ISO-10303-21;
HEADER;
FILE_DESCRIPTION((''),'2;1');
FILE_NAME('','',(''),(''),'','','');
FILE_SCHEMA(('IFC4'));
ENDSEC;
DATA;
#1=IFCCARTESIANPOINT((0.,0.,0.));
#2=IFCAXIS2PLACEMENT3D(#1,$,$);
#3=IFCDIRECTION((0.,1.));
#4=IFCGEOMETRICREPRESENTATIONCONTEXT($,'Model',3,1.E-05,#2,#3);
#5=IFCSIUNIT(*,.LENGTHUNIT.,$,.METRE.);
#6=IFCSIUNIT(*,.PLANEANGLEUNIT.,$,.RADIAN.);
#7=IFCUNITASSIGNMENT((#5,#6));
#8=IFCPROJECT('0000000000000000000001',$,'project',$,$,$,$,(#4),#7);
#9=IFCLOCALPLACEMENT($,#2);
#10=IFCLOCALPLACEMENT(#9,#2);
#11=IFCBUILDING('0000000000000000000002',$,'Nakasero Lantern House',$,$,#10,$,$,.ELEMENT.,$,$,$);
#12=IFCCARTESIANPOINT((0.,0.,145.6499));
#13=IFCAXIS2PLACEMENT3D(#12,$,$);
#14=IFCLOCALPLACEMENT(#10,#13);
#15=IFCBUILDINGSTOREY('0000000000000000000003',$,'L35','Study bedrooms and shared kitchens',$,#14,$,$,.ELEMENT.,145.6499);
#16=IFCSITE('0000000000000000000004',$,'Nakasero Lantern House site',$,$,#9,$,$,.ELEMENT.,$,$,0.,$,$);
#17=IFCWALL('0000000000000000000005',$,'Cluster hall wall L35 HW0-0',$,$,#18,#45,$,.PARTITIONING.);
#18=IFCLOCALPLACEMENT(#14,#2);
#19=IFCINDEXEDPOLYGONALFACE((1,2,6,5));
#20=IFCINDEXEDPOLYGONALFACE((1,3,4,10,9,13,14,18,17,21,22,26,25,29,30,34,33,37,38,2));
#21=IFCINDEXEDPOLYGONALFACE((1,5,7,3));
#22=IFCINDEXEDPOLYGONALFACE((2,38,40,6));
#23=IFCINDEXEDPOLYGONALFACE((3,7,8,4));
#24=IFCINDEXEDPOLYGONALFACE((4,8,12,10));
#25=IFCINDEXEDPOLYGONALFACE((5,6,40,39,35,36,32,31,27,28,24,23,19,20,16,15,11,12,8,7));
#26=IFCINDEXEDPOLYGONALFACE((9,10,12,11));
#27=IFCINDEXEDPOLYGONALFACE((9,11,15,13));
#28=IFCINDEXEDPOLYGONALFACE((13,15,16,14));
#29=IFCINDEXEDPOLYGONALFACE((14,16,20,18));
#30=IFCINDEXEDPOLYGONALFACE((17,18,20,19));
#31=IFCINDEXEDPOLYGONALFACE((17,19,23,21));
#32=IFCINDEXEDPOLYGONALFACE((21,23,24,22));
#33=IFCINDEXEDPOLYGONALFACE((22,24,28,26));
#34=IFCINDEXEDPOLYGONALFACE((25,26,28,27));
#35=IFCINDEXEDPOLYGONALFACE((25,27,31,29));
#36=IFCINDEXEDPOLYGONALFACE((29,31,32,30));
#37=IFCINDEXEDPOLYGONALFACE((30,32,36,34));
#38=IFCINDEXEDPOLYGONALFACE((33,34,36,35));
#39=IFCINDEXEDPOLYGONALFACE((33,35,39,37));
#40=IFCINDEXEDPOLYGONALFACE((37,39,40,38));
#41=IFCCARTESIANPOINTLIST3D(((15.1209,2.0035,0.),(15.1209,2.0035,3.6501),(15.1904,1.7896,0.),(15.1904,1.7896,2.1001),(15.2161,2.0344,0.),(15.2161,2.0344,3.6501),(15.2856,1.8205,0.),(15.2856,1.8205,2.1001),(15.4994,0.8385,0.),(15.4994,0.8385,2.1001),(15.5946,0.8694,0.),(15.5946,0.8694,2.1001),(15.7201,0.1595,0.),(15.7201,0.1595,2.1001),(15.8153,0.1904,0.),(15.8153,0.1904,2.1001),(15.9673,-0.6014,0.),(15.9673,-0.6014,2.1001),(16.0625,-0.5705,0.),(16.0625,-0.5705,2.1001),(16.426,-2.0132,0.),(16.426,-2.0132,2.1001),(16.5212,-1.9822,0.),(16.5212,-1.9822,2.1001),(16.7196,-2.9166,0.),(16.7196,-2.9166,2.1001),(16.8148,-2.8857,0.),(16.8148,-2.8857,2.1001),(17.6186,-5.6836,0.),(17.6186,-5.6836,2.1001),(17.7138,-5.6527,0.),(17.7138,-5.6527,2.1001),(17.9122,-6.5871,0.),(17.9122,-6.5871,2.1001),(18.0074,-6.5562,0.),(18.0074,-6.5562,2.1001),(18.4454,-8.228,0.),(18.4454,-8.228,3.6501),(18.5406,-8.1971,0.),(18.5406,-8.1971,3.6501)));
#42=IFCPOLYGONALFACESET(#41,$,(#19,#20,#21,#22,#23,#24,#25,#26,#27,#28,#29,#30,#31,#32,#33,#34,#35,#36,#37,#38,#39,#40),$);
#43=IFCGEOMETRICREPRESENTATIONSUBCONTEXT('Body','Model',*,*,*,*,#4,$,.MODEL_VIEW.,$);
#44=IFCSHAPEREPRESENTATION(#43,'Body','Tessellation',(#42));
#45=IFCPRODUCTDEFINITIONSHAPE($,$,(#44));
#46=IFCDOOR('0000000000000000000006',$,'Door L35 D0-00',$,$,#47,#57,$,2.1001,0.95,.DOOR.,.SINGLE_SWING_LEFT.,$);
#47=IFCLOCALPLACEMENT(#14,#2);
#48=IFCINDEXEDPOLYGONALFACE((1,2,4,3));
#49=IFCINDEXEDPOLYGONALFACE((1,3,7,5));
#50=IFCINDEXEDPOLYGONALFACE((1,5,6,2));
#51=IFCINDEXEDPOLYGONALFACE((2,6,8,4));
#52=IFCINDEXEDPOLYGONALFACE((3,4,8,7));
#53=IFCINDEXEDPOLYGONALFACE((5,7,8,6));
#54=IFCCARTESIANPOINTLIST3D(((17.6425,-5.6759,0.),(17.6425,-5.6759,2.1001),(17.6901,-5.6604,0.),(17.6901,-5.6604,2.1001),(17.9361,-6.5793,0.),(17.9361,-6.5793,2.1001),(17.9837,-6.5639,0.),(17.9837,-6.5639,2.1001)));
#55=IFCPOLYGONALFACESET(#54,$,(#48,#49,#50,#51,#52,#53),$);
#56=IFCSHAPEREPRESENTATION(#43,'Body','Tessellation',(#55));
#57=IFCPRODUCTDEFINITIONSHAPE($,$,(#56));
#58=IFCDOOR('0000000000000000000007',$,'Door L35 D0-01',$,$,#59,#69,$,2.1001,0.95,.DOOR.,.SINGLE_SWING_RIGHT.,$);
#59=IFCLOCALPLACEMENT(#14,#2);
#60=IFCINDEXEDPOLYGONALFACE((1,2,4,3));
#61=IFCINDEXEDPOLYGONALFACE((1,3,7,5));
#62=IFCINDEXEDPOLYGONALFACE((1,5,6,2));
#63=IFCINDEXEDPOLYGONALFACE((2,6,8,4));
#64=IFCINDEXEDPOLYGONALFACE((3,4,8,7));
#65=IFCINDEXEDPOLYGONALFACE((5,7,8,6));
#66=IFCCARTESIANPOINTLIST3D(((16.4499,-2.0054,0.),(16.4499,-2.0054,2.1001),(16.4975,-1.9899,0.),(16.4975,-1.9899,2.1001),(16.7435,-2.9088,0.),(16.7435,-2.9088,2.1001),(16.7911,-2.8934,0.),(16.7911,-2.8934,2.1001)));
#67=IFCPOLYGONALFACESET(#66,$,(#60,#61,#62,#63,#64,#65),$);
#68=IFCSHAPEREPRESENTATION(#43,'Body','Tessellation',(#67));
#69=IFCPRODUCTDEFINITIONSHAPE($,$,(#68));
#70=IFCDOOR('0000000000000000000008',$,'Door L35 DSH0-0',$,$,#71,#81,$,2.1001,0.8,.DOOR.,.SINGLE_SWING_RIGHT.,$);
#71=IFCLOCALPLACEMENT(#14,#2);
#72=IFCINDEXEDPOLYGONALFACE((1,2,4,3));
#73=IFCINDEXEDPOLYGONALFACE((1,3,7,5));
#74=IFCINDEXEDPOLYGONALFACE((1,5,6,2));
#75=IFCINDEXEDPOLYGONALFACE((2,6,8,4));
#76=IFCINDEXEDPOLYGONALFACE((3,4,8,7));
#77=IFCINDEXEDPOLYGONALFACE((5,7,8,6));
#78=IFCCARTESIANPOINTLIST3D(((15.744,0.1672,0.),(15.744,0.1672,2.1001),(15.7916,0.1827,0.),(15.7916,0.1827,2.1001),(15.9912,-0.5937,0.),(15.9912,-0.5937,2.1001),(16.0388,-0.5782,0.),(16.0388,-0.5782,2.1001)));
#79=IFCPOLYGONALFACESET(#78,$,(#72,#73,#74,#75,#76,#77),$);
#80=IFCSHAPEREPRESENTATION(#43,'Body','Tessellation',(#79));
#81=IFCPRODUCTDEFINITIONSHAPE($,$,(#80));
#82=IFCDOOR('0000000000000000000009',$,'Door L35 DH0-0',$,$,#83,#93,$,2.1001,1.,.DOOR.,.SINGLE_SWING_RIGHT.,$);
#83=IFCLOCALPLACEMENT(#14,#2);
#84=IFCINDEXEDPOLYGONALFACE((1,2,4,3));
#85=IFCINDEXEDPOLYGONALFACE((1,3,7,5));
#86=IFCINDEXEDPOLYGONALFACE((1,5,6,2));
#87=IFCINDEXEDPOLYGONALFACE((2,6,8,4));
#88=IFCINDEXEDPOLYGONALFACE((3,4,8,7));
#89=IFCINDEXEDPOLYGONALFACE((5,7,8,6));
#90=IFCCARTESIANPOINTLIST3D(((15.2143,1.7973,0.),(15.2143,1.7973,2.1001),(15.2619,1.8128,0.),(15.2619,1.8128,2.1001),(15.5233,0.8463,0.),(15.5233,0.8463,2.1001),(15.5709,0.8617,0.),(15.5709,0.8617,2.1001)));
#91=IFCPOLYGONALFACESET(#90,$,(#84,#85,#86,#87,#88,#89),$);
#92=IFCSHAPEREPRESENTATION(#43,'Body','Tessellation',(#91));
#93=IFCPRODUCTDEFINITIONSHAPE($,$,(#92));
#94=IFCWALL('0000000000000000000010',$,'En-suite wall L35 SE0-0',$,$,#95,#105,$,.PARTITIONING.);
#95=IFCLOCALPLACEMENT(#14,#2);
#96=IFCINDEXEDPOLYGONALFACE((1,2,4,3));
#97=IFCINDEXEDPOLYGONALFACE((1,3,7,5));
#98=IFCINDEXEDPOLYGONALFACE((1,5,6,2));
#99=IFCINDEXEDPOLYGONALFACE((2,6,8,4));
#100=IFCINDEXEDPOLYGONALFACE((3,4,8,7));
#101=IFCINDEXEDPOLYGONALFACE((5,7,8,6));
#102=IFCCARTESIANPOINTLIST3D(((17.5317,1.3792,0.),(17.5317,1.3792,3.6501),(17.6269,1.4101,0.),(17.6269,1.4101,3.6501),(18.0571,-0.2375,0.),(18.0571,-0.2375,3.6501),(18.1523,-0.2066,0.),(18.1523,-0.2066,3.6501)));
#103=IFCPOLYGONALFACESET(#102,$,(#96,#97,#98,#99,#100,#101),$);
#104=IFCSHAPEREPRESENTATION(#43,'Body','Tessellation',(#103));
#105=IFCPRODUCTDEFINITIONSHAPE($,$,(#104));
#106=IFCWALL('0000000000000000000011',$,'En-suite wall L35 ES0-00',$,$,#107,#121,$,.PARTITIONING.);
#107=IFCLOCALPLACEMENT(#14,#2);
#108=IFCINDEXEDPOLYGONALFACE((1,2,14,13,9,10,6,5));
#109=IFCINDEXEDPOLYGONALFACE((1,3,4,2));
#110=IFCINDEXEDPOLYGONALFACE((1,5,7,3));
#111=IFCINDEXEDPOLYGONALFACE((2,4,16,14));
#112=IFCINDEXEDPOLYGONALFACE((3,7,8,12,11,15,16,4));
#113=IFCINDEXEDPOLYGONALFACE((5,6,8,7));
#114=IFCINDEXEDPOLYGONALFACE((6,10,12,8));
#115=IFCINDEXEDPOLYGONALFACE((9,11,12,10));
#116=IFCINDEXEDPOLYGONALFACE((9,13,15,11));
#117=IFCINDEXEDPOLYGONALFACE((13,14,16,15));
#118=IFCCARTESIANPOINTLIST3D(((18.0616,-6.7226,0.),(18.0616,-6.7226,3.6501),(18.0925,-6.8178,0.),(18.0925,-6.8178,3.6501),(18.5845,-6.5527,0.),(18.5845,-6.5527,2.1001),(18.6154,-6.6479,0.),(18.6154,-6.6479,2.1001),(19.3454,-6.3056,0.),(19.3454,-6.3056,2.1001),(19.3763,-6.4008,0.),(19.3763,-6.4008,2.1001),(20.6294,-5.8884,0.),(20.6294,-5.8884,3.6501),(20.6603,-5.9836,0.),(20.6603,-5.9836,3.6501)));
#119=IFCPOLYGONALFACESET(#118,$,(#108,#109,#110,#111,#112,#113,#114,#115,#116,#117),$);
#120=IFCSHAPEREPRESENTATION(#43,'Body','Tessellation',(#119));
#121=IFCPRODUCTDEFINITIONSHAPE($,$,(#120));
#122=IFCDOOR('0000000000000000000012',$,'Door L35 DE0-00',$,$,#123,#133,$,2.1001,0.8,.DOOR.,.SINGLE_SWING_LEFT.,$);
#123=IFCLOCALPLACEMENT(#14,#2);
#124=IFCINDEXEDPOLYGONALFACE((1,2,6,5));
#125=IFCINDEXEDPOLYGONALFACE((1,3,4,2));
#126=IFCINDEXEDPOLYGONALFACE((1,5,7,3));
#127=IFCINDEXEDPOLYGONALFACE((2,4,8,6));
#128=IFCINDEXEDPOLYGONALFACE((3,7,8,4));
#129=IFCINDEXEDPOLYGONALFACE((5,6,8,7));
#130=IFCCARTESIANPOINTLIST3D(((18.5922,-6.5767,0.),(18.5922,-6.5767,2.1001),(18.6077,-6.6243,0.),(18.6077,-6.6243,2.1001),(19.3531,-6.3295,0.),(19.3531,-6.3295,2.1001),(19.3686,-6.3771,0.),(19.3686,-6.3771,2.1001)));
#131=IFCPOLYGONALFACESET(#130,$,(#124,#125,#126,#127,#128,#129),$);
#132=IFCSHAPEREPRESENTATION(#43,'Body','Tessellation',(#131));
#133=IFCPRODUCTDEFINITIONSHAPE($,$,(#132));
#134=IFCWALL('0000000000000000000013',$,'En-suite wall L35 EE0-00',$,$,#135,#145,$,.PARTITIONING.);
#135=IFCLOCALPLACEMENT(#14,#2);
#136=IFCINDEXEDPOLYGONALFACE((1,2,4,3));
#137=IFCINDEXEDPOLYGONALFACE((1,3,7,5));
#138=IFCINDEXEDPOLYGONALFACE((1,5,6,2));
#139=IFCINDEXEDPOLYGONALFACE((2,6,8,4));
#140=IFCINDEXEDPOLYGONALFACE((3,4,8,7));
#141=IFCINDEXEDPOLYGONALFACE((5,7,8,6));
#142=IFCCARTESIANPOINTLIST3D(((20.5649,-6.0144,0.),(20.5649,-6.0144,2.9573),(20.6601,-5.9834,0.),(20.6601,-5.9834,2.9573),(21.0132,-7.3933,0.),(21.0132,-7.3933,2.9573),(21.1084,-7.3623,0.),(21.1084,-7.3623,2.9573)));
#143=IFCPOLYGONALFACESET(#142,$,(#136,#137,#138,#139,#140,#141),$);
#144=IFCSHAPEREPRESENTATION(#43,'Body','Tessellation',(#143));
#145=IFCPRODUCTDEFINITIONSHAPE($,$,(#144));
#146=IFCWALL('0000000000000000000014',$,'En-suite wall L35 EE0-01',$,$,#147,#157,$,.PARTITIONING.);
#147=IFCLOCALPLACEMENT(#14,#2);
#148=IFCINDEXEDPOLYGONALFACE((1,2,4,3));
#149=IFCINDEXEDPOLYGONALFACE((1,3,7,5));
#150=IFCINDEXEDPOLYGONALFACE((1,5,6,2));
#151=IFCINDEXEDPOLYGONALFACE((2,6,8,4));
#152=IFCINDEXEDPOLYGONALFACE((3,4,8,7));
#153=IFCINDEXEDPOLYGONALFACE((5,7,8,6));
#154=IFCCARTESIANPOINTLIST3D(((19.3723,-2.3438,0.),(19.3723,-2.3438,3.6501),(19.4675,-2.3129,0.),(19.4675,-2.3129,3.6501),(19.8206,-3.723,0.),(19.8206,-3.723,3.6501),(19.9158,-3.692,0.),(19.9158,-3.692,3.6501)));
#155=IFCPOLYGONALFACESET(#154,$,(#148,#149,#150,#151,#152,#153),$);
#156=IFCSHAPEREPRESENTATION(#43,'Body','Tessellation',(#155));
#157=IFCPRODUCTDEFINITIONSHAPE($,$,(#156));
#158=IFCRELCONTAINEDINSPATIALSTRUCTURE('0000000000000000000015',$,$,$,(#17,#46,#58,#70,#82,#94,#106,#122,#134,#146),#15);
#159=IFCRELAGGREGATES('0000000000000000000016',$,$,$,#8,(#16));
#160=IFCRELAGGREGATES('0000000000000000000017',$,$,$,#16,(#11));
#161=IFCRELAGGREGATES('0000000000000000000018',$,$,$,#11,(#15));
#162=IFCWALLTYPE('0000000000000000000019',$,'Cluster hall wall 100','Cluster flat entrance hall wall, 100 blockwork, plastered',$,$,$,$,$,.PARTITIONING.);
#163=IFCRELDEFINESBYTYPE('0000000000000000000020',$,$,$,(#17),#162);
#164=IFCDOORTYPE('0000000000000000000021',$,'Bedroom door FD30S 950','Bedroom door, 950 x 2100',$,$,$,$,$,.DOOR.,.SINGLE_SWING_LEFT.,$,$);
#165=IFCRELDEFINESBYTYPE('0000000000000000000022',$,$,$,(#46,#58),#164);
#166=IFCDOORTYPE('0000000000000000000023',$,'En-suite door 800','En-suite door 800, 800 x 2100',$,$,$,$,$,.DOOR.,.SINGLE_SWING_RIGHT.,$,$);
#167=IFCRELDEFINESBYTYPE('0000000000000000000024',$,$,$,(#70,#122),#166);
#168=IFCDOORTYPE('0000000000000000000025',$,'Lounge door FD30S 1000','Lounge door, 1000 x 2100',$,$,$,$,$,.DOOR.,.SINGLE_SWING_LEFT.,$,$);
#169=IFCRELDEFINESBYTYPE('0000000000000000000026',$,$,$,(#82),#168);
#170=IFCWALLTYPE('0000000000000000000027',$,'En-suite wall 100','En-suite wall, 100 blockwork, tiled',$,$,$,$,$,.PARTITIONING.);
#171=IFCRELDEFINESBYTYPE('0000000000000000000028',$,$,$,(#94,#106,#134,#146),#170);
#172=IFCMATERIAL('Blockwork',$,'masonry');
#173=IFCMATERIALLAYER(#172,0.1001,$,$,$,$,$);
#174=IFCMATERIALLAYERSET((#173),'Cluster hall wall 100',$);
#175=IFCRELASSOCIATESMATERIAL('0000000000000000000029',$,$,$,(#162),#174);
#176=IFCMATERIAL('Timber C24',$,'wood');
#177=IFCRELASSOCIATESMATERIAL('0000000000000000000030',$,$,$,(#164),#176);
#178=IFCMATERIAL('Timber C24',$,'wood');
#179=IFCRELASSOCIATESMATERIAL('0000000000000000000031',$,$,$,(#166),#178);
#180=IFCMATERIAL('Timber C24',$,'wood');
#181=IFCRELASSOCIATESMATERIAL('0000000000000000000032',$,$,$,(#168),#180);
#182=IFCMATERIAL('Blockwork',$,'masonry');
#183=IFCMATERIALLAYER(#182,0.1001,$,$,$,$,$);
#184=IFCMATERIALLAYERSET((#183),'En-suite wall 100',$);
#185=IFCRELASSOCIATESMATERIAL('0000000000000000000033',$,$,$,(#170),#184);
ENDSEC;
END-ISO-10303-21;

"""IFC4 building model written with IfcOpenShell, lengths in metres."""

from ifc_helpers import new_model, si_unit, direction, frame, frame_2d, origin, place, context, subcontext, project, spatial, rectangle, extrude, material, layer, layer_set, type_object, element, fill, save


model = new_model("IFC4")

# Units and contexts
model_context = context("Model", 3, precision=1e-05, world=origin(), true_north=direction((0.0, 1.0)))
body_context = subcontext(model_context, "Body", "Model", "MODEL_VIEW")
ifc_project = project(units=[si_unit("LENGTHUNIT", "METRE"), si_unit("PLANEANGLEUNIT", "RADIAN")], contexts=[model_context])

# Site, building, storey
site_placement = place(None, origin())
site = spatial("IfcSite", under=ifc_project, at=site_placement, Name="Nakasero Lantern House site", CompositionType="ELEMENT", RefElevation=0.0)
building_placement = place(site_placement, origin())
building = spatial("IfcBuilding", under=site, at=building_placement, Name="Nakasero Lantern House", CompositionType="ELEMENT")
storey_placement = place(building_placement, frame((0.0, 0.0, 145.6499)))
storey = spatial("IfcBuildingStorey", under=building, at=storey_placement, Name="L35", Description="Study bedrooms and shared kitchens", CompositionType="ELEMENT", Elevation=145.6499)

# Wall, openings, doors
ifc_material_1 = material(Name="Blockwork", Category="masonry")
ifc_layer_1 = layer(ifc_material_1, 0.1001)
ifc_layer_set_1 = layer_set([ifc_layer_1], Name="Cluster hall wall 100")
wall_type_1 = type_object("IfcWallType", Name="Cluster hall wall 100", Description="Cluster flat entrance hall wall, 100 blockwork, plastered", PredefinedType="PARTITIONING", material=ifc_layer_set_1)
wall_1_placement = place(storey_placement, frame((18.4929, -8.2124, 0.0), z_axis=(0.0, 0.0, 1.0), x_axis=(-0.309022, 0.951055, 0.0)))
wall_1 = element("IfcWall", 1, at=wall_1_placement, inside=storey, type_object=wall_type_1, Name="Cluster hall wall L35 HW0-0", PredefinedType="PARTITIONING", context=body_context, shape_type="SweptSolid", body=[
    extrude(rectangle(XDim=10.7581, YDim=0.1001, at=frame_2d((5.3789, 0.0))), origin(), (0.0, 0.0, 1.0), 3.6501),
])
opening_1_placement = place(wall_1_placement, frame((9.533, 0.0, 0.0)))
opening_1 = element("IfcOpeningElement", 2, at=opening_1_placement, cuts=wall_1, PredefinedType="OPENING", context=body_context, shape_type="SweptSolid", body=[
    extrude(rectangle(XDim=1.0, YDim=2.1001, at=frame_2d((0.5, 1.05))), frame((0.0, 0.0701, 0.0), z_axis=(0.0, -1.0, 0.0), x_axis=(1.0, 0.0, 0.0)), (0.0, 0.0, 1.0), 0.1401),
])
opening_2_placement = place(wall_1_placement, frame((8.019, 0.0, 0.0)))
opening_2 = element("IfcOpeningElement", 3, at=opening_2_placement, cuts=wall_1, PredefinedType="OPENING", context=body_context, shape_type="SweptSolid", body=[
    extrude(rectangle(XDim=0.8, YDim=2.1001, at=frame_2d((0.3999, 1.05))), frame((0.0, 0.0701, 0.0), z_axis=(0.0, -1.0, 0.0), x_axis=(1.0, 0.0, 0.0)), (0.0, 0.0, 1.0), 0.1401),
])
opening_3_placement = place(wall_1_placement, frame((1.7251, 0.0, 0.0)))
opening_3 = element("IfcOpeningElement", 4, at=opening_3_placement, cuts=wall_1, PredefinedType="OPENING", context=body_context, shape_type="SweptSolid", body=[
    extrude(rectangle(XDim=0.95, YDim=2.1001, at=frame_2d((0.4751, 1.05))), frame((0.0, 0.0701, 0.0), z_axis=(0.0, -1.0, 0.0), x_axis=(1.0, 0.0, 0.0)), (0.0, 0.0, 1.0), 0.1401),
])
opening_4_placement = place(wall_1_placement, frame((5.5845, 0.0, 0.0)))
opening_4 = element("IfcOpeningElement", 5, at=opening_4_placement, cuts=wall_1, PredefinedType="OPENING", context=body_context, shape_type="SweptSolid", body=[
    extrude(rectangle(XDim=0.95, YDim=2.1001, at=frame_2d((0.4751, 1.05))), frame((0.0, 0.0701, 0.0), z_axis=(0.0, -1.0, 0.0), x_axis=(1.0, 0.0, 0.0)), (0.0, 0.0, 1.0), 0.1401),
])
ifc_material_2 = material(Name="Timber C24", Category="wood")
door_type_1 = type_object("IfcDoorType", Name="Bedroom door FD30S 950", Description="Bedroom door, 950 x 2100", OperationType="SINGLE_SWING_LEFT", PredefinedType="DOOR", material=ifc_material_2)
door_1_placement = place(opening_3_placement, origin())
door_1 = element("IfcDoor", 6, at=door_1_placement, inside=storey, type_object=door_type_1, Name="Door L35 D0-00", OperationType="SINGLE_SWING_LEFT", OverallHeight=2.1001, OverallWidth=0.95, PredefinedType="DOOR", context=body_context, shape_type="SweptSolid", body=[
    extrude(rectangle(XDim=0.95, YDim=2.1001, at=frame_2d((0.4751, 1.05))), frame((0.0, 0.0249, 0.0), z_axis=(0.0, -1.0, 0.0), x_axis=(1.0, 0.0, 0.0)), (0.0, 0.0, 1.0), 0.05),
])
fill(opening_3, door_1)
door_2_placement = place(opening_4_placement, origin())
door_2 = element("IfcDoor", 7, at=door_2_placement, inside=storey, type_object=door_type_1, Name="Door L35 D0-01", OperationType="SINGLE_SWING_RIGHT", OverallHeight=2.1001, OverallWidth=0.95, PredefinedType="DOOR", context=body_context, shape_type="SweptSolid", body=[
    extrude(rectangle(XDim=0.95, YDim=2.1001, at=frame_2d((0.4751, 1.05))), frame((0.0, 0.0249, 0.0), z_axis=(0.0, -1.0, 0.0), x_axis=(1.0, 0.0, 0.0)), (0.0, 0.0, 1.0), 0.05),
])
fill(opening_4, door_2)
ifc_material_3 = material(Name="Timber C24", Category="wood")
door_type_2 = type_object("IfcDoorType", Name="En-suite door 800", Description="En-suite door 800, 800 x 2100", OperationType="SINGLE_SWING_RIGHT", PredefinedType="DOOR", material=ifc_material_3)
door_3_placement = place(opening_2_placement, origin())
door_3 = element("IfcDoor", 8, at=door_3_placement, inside=storey, type_object=door_type_2, Name="Door L35 DSH0-0", OperationType="SINGLE_SWING_RIGHT", OverallHeight=2.1001, OverallWidth=0.8, PredefinedType="DOOR", context=body_context, shape_type="SweptSolid", body=[
    extrude(rectangle(XDim=0.8, YDim=2.1001, at=frame_2d((0.3999, 1.05))), frame((0.0, 0.0249, 0.0), z_axis=(0.0, -1.0, 0.0), x_axis=(1.0, 0.0, 0.0)), (0.0, 0.0, 1.0), 0.05),
])
fill(opening_2, door_3)
ifc_material_4 = material(Name="Timber C24", Category="wood")
door_type_3 = type_object("IfcDoorType", Name="Lounge door FD30S 1000", Description="Lounge door, 1000 x 2100", OperationType="SINGLE_SWING_LEFT", PredefinedType="DOOR", material=ifc_material_4)
door_4_placement = place(opening_1_placement, origin())
door_4 = element("IfcDoor", 9, at=door_4_placement, inside=storey, type_object=door_type_3, Name="Door L35 DH0-0", OperationType="SINGLE_SWING_RIGHT", OverallHeight=2.1001, OverallWidth=1.0, PredefinedType="DOOR", context=body_context, shape_type="SweptSolid", body=[
    extrude(rectangle(XDim=1.0, YDim=2.1001, at=frame_2d((0.5, 1.05))), frame((0.0, 0.0249, 0.0), z_axis=(0.0, -1.0, 0.0), x_axis=(1.0, 0.0, 0.0)), (0.0, 0.0, 1.0), 0.05),
])
fill(opening_1, door_4)

# Wall
ifc_material_5 = material(Name="Blockwork", Category="masonry")
ifc_layer_2 = layer(ifc_material_5, 0.1001)
ifc_layer_set_2 = layer_set([ifc_layer_2], Name="En-suite wall 100")
wall_type_2 = type_object("IfcWallType", Name="En-suite wall 100", Description="En-suite wall, 100 blockwork, tiled", PredefinedType="PARTITIONING", material=ifc_layer_set_2)
wall_2_placement = place(storey_placement, frame((18.1047, -0.2222, 0.0), z_axis=(0.0, 0.0, 1.0), x_axis=(-0.309067, 0.95104, 0.0)))
element("IfcWall", 10, at=wall_2_placement, inside=storey, type_object=wall_type_2, Name="En-suite wall L35 SE0-0", PredefinedType="PARTITIONING", context=body_context, shape_type="SweptSolid", body=[
    extrude(rectangle(XDim=1.7, YDim=0.1001, at=frame_2d((0.8501, 0.0))), origin(), (0.0, 0.0, 1.0), 3.6501),
])

# Wall, opening, door
wall_3_placement = place(storey_placement, frame((18.0769, -6.7703, 0.0), z_axis=(0.0, 0.0, 1.0), x_axis=(0.95107, 0.308976, 0.0)))
wall_3 = element("IfcWall", 11, at=wall_3_placement, inside=storey, type_object=wall_type_2, Name="En-suite wall L35 ES0-00", PredefinedType="PARTITIONING", context=body_context, shape_type="SweptSolid", body=[
    extrude(rectangle(XDim=2.7, YDim=0.1001, at=frame_2d((1.3501, 0.0))), origin(), (0.0, 0.0, 1.0), 3.6501),
])
opening_5_placement = place(wall_3_placement, frame((0.55, 0.0, 0.0)))
opening_5 = element("IfcOpeningElement", 12, at=opening_5_placement, cuts=wall_3, PredefinedType="OPENING", context=body_context, shape_type="SweptSolid", body=[
    extrude(rectangle(XDim=0.8, YDim=2.1001, at=frame_2d((0.3999, 1.05))), frame((0.0, 0.0701, 0.0), z_axis=(0.0, -1.0, 0.0), x_axis=(1.0, 0.0, 0.0)), (0.0, 0.0, 1.0), 0.1401),
])
door_5_placement = place(opening_5_placement, origin())
door_5 = element("IfcDoor", 13, at=door_5_placement, inside=storey, type_object=door_type_2, Name="Door L35 DE0-00", OperationType="SINGLE_SWING_LEFT", OverallHeight=2.1001, OverallWidth=0.8, PredefinedType="DOOR", context=body_context, shape_type="SweptSolid", body=[
    extrude(rectangle(XDim=0.8, YDim=2.1001, at=frame_2d((0.3999, 1.05))), frame((0.0, 0.0249, 0.0), z_axis=(0.0, -1.0, 0.0), x_axis=(1.0, 0.0, 0.0)), (0.0, 0.0, 1.0), 0.05),
])
fill(opening_5, door_5)

# Walls
wall_4_placement = place(storey_placement, frame((21.0608, -7.3779, 0.0), z_axis=(0.0, 0.0, 1.0), x_axis=(-0.309147, 0.951014, 0.0)))
element("IfcWall", 14, at=wall_4_placement, inside=storey, type_object=wall_type_2, Name="En-suite wall L35 EE0-00", PredefinedType="PARTITIONING", context=body_context, shape_type="SweptSolid", body=[
    extrude(rectangle(XDim=1.45, YDim=0.1001, at=frame_2d((0.7251, 0.0))), origin(), (0.0, 0.0, 1.0), 2.9573),
])
wall_5_placement = place(storey_placement, frame((19.8682, -3.7075, 0.0), z_axis=(0.0, 0.0, 1.0), x_axis=(-0.309097, 0.95103, 0.0)))
element("IfcWall", 15, at=wall_5_placement, inside=storey, type_object=wall_type_2, Name="En-suite wall L35 EE0-01", PredefinedType="PARTITIONING", context=body_context, shape_type="SweptSolid", body=[
    extrude(rectangle(XDim=1.4502, YDim=0.1001, at=frame_2d((0.7251, 0.0))), origin(), (0.0, 0.0, 1.0), 3.6501),
])

save(model, "model.ifc")
